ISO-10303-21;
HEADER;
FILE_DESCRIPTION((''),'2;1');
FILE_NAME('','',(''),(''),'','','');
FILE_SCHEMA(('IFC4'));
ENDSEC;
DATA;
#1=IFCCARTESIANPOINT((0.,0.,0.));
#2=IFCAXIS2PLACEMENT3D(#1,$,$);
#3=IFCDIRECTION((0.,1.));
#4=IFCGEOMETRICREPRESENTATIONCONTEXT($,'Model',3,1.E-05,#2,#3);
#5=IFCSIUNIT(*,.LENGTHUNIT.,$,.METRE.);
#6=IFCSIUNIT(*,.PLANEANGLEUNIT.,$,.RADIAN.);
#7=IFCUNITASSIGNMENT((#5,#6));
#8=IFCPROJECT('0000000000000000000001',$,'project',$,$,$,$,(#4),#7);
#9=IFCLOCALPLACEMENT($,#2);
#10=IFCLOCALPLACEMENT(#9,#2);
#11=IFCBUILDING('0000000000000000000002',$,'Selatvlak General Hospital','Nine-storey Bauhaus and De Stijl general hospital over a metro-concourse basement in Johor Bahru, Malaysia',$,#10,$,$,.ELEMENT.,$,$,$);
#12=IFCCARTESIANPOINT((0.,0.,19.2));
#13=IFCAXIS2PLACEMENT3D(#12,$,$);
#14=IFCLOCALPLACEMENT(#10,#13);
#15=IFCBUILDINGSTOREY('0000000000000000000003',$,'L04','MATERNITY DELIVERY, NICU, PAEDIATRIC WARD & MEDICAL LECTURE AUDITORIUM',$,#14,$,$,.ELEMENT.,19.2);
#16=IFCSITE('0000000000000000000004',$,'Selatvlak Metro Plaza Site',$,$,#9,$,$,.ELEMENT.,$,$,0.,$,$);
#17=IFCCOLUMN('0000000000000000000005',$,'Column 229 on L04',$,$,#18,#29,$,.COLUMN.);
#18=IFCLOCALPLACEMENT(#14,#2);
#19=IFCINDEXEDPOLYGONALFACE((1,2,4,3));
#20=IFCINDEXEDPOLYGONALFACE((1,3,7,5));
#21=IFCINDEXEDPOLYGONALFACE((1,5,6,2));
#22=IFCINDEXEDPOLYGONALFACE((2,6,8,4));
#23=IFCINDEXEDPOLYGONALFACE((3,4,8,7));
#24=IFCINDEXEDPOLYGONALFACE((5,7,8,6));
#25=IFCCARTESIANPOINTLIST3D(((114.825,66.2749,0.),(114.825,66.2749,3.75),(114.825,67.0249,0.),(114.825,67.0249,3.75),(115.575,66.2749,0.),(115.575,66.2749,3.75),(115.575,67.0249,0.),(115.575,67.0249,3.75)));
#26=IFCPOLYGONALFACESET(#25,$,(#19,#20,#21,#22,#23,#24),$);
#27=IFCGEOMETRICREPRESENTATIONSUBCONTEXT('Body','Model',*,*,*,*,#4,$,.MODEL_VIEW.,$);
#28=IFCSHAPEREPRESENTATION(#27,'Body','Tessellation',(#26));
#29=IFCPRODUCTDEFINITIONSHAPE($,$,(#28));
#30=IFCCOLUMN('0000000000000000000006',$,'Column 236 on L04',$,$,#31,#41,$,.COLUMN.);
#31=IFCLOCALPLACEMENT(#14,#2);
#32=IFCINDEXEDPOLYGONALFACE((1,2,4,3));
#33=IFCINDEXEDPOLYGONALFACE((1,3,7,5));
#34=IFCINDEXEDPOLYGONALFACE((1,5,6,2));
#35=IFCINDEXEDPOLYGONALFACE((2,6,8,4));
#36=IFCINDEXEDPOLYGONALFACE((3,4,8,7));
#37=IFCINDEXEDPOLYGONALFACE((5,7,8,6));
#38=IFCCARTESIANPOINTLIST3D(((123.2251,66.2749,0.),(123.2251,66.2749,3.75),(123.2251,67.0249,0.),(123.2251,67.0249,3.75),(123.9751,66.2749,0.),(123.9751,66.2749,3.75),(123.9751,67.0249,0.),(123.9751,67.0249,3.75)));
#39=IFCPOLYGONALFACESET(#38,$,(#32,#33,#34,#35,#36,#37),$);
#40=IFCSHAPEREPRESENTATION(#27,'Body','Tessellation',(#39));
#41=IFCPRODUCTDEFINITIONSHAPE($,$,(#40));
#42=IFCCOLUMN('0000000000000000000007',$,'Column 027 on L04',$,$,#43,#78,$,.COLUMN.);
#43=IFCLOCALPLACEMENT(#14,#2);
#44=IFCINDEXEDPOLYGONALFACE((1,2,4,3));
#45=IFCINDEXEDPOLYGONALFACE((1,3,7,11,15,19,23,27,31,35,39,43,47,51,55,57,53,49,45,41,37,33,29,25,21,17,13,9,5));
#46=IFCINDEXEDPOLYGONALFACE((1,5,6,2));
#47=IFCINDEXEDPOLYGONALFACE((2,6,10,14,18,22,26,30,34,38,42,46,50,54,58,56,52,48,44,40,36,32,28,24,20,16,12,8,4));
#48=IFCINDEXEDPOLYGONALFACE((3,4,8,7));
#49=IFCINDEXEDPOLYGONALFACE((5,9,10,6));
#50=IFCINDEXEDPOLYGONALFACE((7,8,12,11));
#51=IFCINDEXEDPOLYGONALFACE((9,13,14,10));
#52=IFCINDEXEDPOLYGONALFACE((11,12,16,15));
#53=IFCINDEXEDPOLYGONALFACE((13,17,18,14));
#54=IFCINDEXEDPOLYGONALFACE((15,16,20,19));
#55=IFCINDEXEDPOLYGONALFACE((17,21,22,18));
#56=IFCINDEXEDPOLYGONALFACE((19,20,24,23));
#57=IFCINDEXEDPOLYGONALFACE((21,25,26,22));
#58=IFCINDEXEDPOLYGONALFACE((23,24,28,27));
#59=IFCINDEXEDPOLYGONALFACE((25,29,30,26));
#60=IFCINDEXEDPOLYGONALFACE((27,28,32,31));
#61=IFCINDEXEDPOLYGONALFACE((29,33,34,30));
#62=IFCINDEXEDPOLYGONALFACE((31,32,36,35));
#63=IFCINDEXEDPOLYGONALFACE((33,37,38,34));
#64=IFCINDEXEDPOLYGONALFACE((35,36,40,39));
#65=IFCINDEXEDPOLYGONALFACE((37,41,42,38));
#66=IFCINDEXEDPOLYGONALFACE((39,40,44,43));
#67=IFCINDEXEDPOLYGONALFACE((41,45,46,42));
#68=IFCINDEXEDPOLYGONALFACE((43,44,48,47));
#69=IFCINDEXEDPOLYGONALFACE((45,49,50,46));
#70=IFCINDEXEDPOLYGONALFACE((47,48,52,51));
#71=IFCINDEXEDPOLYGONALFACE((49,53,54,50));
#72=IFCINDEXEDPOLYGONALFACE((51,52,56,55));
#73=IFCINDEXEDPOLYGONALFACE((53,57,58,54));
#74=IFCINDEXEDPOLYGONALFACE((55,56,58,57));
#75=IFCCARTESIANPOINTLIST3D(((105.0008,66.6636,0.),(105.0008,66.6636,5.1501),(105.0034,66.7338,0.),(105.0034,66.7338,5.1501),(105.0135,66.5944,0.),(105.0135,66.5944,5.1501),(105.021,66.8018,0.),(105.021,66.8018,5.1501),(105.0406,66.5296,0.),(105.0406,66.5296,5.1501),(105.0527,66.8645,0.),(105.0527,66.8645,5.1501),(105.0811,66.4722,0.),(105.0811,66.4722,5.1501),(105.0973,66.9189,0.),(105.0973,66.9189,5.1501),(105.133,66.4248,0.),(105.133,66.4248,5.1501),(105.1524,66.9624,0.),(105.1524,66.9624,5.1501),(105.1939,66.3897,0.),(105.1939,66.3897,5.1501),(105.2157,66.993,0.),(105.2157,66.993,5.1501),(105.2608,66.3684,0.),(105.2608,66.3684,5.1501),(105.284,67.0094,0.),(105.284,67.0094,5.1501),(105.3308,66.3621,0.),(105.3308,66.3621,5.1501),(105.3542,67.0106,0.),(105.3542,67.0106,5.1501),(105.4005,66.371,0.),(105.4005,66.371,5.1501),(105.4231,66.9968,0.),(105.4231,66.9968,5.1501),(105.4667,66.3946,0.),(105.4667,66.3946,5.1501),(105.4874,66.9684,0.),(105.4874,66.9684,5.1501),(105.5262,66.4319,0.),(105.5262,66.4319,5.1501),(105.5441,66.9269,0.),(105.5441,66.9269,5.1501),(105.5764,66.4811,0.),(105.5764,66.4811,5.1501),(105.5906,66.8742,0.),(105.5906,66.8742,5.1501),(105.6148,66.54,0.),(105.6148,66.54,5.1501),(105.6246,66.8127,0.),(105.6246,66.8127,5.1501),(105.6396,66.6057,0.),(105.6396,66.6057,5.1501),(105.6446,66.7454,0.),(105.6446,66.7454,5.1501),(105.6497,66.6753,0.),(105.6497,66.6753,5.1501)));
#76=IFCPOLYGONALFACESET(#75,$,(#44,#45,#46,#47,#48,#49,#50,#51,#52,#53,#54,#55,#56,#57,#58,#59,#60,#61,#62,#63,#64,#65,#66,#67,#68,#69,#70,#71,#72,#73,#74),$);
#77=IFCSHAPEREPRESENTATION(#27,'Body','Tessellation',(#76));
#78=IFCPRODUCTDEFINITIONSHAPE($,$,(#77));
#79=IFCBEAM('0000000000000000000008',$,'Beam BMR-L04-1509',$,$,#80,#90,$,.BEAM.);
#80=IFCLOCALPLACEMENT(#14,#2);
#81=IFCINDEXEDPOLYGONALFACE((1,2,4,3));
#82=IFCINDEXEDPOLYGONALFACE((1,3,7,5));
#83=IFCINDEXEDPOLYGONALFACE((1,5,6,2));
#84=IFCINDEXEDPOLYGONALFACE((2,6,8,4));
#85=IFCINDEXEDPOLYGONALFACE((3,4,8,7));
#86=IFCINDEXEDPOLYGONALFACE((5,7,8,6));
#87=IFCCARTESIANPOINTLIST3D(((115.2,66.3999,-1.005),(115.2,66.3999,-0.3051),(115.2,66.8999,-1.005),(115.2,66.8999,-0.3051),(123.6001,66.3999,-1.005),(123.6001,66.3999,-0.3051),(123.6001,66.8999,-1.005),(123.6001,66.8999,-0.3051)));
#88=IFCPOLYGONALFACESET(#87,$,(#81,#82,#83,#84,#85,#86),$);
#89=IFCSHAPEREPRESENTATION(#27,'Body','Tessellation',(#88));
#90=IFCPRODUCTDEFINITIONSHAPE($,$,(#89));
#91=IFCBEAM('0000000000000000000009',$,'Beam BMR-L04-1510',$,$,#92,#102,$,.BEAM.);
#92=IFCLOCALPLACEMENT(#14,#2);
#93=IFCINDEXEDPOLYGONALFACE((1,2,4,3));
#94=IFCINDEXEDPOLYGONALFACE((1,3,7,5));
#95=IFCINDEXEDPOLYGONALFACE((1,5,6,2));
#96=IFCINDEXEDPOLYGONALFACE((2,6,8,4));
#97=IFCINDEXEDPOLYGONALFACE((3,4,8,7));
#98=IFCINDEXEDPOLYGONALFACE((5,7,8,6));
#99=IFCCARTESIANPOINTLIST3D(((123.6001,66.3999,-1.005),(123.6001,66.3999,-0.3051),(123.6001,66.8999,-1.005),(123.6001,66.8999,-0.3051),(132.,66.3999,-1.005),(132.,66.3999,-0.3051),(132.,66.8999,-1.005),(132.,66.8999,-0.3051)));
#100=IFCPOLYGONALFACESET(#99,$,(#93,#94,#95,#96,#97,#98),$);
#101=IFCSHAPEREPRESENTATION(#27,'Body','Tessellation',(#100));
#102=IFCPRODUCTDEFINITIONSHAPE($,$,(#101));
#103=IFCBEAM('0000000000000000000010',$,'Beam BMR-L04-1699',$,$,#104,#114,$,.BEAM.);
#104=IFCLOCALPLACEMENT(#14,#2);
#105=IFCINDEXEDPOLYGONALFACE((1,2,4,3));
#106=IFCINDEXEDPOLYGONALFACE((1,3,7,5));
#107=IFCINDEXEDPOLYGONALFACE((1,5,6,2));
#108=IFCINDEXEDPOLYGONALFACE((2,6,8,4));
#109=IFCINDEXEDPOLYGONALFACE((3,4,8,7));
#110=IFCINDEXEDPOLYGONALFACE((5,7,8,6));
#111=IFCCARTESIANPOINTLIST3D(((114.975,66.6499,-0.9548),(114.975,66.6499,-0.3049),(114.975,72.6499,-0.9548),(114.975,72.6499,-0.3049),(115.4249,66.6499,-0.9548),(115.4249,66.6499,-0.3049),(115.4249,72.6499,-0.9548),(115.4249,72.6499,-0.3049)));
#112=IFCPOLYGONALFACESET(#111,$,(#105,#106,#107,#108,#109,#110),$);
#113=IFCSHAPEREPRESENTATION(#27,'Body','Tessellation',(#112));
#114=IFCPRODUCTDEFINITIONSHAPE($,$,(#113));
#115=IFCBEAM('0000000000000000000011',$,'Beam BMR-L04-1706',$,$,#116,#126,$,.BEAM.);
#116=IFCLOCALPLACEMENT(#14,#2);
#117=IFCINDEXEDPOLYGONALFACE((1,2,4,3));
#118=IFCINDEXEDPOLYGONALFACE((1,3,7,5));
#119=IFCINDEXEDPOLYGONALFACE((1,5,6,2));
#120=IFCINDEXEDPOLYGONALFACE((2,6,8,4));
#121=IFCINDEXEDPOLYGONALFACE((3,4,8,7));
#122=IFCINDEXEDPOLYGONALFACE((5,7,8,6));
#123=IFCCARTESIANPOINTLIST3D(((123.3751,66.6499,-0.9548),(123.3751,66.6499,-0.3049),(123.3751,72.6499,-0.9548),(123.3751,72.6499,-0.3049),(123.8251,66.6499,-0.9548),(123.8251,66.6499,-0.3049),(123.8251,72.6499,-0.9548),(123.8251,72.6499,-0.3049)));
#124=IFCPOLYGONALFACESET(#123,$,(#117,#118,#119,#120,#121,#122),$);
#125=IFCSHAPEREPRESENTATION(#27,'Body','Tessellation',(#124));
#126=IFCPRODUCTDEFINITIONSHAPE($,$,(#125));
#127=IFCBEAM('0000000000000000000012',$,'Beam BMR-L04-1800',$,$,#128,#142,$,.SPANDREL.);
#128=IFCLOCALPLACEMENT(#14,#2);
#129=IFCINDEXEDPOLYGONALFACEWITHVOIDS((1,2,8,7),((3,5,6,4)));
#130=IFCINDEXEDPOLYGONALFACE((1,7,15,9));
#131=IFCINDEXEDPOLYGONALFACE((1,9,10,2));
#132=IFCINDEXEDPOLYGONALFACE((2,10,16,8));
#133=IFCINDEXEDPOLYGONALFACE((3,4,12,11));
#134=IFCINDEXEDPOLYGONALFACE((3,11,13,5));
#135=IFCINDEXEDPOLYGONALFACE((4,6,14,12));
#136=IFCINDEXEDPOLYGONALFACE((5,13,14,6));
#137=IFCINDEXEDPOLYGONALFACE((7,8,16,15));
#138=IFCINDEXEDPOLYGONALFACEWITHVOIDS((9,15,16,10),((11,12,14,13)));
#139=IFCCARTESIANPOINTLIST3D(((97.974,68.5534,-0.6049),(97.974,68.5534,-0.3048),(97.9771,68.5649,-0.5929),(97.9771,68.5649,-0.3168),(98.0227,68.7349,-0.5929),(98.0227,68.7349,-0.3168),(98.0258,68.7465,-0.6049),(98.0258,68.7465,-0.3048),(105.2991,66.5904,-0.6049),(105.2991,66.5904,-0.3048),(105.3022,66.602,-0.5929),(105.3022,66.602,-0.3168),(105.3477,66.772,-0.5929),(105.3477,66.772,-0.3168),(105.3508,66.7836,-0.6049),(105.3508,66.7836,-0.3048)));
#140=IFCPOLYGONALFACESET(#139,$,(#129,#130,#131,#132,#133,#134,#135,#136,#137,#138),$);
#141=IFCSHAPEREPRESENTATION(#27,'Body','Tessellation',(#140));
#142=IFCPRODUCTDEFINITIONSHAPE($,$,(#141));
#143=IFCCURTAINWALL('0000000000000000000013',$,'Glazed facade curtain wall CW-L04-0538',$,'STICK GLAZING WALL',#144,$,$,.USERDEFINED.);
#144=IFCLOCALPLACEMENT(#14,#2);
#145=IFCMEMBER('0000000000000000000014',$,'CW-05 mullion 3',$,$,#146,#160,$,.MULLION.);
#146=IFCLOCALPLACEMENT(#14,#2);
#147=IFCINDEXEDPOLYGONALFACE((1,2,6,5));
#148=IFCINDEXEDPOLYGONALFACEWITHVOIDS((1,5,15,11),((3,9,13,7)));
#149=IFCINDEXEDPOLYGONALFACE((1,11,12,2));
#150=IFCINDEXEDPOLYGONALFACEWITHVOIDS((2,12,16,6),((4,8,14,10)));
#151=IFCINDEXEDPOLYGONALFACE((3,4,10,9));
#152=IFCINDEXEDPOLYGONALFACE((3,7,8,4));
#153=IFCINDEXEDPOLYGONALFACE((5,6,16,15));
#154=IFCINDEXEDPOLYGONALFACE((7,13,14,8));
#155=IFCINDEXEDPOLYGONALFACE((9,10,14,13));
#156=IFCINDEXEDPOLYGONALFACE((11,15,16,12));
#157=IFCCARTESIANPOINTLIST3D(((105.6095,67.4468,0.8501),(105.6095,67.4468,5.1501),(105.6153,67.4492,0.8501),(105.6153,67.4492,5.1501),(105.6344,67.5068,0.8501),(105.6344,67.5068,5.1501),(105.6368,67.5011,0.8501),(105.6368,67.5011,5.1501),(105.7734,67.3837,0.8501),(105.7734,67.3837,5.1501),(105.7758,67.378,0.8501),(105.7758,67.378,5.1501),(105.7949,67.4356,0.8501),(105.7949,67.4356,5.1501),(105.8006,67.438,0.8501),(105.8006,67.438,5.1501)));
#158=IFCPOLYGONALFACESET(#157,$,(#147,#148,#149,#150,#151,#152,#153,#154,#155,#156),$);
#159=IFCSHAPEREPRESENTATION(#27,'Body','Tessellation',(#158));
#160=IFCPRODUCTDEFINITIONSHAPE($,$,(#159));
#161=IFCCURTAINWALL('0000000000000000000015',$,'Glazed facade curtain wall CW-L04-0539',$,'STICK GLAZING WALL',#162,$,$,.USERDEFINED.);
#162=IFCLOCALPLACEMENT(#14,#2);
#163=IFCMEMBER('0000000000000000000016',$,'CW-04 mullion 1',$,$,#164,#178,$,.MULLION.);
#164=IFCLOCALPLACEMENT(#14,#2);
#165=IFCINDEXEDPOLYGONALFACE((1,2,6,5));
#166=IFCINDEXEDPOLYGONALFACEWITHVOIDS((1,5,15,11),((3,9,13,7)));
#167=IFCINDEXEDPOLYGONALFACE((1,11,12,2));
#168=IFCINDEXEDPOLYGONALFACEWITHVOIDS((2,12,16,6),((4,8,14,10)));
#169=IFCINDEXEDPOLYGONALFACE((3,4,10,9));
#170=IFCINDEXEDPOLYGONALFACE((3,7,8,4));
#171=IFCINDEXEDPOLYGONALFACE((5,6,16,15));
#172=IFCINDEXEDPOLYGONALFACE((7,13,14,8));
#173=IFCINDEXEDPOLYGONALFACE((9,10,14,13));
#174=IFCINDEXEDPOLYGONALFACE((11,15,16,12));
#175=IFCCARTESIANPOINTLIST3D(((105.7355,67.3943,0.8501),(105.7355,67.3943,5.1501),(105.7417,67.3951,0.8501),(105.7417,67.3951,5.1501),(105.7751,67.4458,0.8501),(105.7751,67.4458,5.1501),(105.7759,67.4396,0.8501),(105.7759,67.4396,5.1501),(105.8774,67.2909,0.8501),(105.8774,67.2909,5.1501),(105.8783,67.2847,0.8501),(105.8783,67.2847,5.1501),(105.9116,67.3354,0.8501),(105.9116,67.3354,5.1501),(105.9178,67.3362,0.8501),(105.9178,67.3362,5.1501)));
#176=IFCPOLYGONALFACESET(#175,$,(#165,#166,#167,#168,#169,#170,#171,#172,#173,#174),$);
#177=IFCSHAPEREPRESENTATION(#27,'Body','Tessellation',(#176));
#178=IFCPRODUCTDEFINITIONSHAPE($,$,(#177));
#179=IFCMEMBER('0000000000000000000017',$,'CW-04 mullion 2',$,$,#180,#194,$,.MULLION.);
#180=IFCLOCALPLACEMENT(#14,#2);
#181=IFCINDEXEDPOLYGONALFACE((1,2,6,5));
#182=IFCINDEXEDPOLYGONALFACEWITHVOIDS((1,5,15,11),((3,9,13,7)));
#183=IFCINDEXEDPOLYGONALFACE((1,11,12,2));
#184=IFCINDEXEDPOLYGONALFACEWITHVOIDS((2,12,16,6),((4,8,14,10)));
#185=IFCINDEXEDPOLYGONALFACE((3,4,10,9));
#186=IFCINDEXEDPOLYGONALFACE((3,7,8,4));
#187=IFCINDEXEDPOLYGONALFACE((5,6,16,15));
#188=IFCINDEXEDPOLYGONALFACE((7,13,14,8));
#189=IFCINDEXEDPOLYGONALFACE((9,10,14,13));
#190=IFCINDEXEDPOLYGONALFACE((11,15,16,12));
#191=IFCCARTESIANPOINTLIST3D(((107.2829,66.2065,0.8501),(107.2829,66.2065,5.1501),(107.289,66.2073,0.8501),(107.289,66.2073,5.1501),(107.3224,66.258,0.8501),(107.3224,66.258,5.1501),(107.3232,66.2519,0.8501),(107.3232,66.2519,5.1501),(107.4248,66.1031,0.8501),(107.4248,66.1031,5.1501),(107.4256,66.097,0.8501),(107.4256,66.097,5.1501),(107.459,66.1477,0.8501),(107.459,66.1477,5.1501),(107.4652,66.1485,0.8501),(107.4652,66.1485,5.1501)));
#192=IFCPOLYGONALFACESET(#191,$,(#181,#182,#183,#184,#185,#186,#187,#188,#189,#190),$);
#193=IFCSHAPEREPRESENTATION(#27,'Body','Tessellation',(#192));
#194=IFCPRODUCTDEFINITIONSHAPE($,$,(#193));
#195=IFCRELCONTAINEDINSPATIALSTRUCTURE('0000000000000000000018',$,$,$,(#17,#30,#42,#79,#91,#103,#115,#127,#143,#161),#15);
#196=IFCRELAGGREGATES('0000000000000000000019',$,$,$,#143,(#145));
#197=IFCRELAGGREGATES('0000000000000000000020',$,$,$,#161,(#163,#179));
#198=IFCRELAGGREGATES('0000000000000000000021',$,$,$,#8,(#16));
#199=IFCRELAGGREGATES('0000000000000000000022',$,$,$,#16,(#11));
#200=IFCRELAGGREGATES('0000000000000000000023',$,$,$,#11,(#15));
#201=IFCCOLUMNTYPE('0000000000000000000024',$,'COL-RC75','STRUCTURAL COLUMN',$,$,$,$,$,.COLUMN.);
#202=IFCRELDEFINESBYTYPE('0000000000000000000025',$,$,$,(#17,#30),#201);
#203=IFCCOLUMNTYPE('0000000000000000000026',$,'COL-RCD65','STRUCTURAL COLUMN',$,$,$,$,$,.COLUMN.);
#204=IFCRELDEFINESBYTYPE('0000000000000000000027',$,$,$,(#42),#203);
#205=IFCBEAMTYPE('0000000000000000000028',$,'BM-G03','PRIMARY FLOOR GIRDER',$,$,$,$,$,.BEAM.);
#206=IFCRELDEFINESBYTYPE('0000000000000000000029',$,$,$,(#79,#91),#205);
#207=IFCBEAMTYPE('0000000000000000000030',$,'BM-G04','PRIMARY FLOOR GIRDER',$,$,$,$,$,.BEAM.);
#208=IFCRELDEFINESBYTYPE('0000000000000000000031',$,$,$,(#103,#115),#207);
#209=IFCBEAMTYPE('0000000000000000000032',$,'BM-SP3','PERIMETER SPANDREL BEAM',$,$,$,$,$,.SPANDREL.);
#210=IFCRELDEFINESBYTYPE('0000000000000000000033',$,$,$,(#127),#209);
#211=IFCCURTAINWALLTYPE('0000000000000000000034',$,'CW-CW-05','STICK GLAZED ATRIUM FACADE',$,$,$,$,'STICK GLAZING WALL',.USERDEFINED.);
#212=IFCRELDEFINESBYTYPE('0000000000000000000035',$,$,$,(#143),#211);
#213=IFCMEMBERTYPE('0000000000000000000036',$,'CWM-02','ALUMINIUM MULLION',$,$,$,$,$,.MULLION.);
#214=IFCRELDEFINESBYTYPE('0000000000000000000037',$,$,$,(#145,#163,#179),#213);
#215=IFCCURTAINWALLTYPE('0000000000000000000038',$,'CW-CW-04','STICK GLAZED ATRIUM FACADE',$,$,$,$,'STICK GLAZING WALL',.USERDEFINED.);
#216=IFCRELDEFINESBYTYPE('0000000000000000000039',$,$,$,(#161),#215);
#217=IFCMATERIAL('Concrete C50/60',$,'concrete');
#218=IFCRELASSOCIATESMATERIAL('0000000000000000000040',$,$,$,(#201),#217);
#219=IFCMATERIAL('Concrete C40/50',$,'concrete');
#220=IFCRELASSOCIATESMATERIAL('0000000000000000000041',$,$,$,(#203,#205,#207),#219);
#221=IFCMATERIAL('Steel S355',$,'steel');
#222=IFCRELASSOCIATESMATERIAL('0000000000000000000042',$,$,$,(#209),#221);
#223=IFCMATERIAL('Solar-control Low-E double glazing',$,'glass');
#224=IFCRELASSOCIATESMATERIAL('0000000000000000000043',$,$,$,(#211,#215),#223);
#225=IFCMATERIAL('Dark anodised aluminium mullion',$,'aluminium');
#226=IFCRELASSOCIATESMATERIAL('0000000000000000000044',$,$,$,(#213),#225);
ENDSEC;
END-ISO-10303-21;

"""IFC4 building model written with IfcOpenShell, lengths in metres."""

from ifc_helpers import new_model, si_unit, direction, frame, origin, origin_2d, place, context, subcontext, project, spatial, rectangle, hollow_rectangle, circle, extrude, material, material_profile, profile_set, type_object, element, aggregate, save


model = new_model("IFC4")

# Units and contexts
model_context = context("Model", 3, precision=1e-05, world=origin(), true_north=direction((0.0, 1.0)))
body_context = subcontext(model_context, "Body", "Model", "MODEL_VIEW")
ifc_project = project(units=[si_unit("LENGTHUNIT", "METRE"), si_unit("PLANEANGLEUNIT", "RADIAN")], contexts=[model_context])

# Site, building, storey
site_placement = place(None, origin())
site = spatial("IfcSite", under=ifc_project, at=site_placement, Name="Selatvlak Metro Plaza Site", CompositionType="ELEMENT", RefElevation=0.0)
building_placement = place(site_placement, origin())
building = spatial("IfcBuilding", under=site, at=building_placement, Name="Selatvlak General Hospital", Description="Nine-storey Bauhaus and De Stijl general hospital over a metro-concourse basement in Johor Bahru, Malaysia", CompositionType="ELEMENT")
storey_placement = place(building_placement, frame((0.0, 0.0, 19.2)))
storey = spatial("IfcBuildingStorey", under=building, at=storey_placement, Name="L04", Description="MATERNITY DELIVERY, NICU, PAEDIATRIC WARD & MEDICAL LECTURE AUDITORIUM", CompositionType="ELEMENT", Elevation=19.2)

# Columns
ifc_material_1 = material(Name="Concrete C50/60", Category="concrete")
ifc_material_profile_1 = material_profile(ifc_material_1, rectangle(XDim=0.75, YDim=0.75, at=origin_2d()), Name="RC-COL 750x750")
ifc_profile_set_1 = profile_set([ifc_material_profile_1], Name="Concrete C50/60")
column_type_1 = type_object("IfcColumnType", Name="COL-RC75", Description="STRUCTURAL COLUMN", PredefinedType="COLUMN", material=ifc_profile_set_1)
for number, where, z_axis, x_axis, name in (
    (1, (115.2, 66.6499, 0.0), (0.0, 0.0, 1.0), (1.0, 0.0, 0.0), "Column 229 on L04"),
    (2, (123.6001, 66.6499, 0.0), (0.0, 0.0, 1.0), (1.0, 0.0, 0.0), "Column 236 on L04"),
):
    element("IfcColumn", number, at=place(storey_placement, frame(where, z_axis=z_axis, x_axis=x_axis)), inside=storey, type_object=column_type_1, Name=name, PredefinedType="COLUMN", context=body_context, shape_type="SweptSolid", body=[
        extrude(rectangle(XDim=0.75, YDim=0.75, at=origin_2d()), origin(), (0.0, 0.0, 1.0), 3.75),
    ])
ifc_material_2 = material(Name="Concrete C40/50", Category="concrete")
ifc_material_profile_2 = material_profile(ifc_material_2, circle(Radius=0.325, at=origin_2d()), Name="RC-COL D650")
ifc_profile_set_2 = profile_set([ifc_material_profile_2], Name="Concrete C40/50")
column_type_2 = type_object("IfcColumnType", Name="COL-RCD65", Description="STRUCTURAL COLUMN", PredefinedType="COLUMN", material=ifc_profile_set_2)
column_placement = place(storey_placement, frame((105.325, 66.687, 0.0), z_axis=(0.0, 0.0, 1.0), x_axis=(0.5, 0.866025, 0.0)))
element("IfcColumn", 3, at=column_placement, inside=storey, type_object=column_type_2, Name="Column 027 on L04", PredefinedType="COLUMN", context=body_context, shape_type="SweptSolid", body=[
    extrude(circle(Radius=0.325, at=origin_2d()), origin(), (0.0, 0.0, 1.0), 5.1501),
])

# Beams
ifc_material_profile_3 = material_profile(ifc_material_2, rectangle(XDim=0.5, YDim=0.7, at=origin_2d()), Name="RC-BM 500x700")
ifc_profile_set_3 = profile_set([ifc_material_profile_3], Name="Concrete C40/50")
beam_type_1 = type_object("IfcBeamType", Name="BM-G03", Description="PRIMARY FLOOR GIRDER", PredefinedType="BEAM", material=ifc_profile_set_3)
beam_1_placement = place(storey_placement, frame((115.2, 66.6499, -0.655), z_axis=(1.0, 0.0, 0.0), x_axis=(0.0, 1.0, 0.0)))
element("IfcBeam", 4, at=beam_1_placement, inside=storey, type_object=beam_type_1, Name="Beam BMR-L04-1509", PredefinedType="BEAM", context=body_context, shape_type="SweptSolid", body=[
    extrude(rectangle(XDim=0.5, YDim=0.7, at=origin_2d()), origin(), (0.0, 0.0, 1.0), 8.4001),
])
beam_2_placement = place(storey_placement, frame((123.6001, 66.6499, -0.655), z_axis=(1.0, 0.0, 0.0), x_axis=(0.0, 1.0, 0.0)))
element("IfcBeam", 5, at=beam_2_placement, inside=storey, type_object=beam_type_1, Name="Beam BMR-L04-1510", PredefinedType="BEAM", context=body_context, shape_type="SweptSolid", body=[
    extrude(rectangle(XDim=0.5, YDim=0.7, at=origin_2d()), origin(), (0.0, 0.0, 1.0), 8.3999),
])
ifc_material_profile_4 = material_profile(ifc_material_2, rectangle(XDim=0.45, YDim=0.6499, at=origin_2d()), Name="RC-BM 450x650")
ifc_profile_set_4 = profile_set([ifc_material_profile_4], Name="Concrete C40/50")
beam_type_2 = type_object("IfcBeamType", Name="BM-G04", Description="PRIMARY FLOOR GIRDER", PredefinedType="BEAM", material=ifc_profile_set_4)
for number, where, z_axis, x_axis, name in (
    (6, (115.2, 66.6499, -0.6299), (0.0, 1.0, 0.0), (-1.0, 0.0, 0.0), "Beam BMR-L04-1699"),
    (7, (123.6001, 66.6499, -0.6299), (0.0, 1.0, 0.0), (-1.0, 0.0, 0.0), "Beam BMR-L04-1706"),
):
    element("IfcBeam", number, at=place(storey_placement, frame(where, z_axis=z_axis, x_axis=x_axis)), inside=storey, type_object=beam_type_2, Name=name, PredefinedType="BEAM", context=body_context, shape_type="SweptSolid", body=[
        extrude(rectangle(XDim=0.45, YDim=0.6499, at=origin_2d()), origin(), (0.0, 0.0, 1.0), 6.0),
    ])
ifc_material_3 = material(Name="Steel S355", Category="steel")
ifc_material_profile_5 = material_profile(ifc_material_3, hollow_rectangle(XDim=0.2, YDim=0.3, WallThickness=0.012, at=origin_2d()), Name="RHS 300x200x12")
ifc_profile_set_5 = profile_set([ifc_material_profile_5], Name="Steel S355")
beam_type_3 = type_object("IfcBeamType", Name="BM-SP3", Description="PERIMETER SPANDREL BEAM", PredefinedType="SPANDREL", material=ifc_profile_set_5)
beam_3_placement = place(storey_placement, frame((105.325, 66.687, -0.4548), z_axis=(-0.96592, 0.258841, 0.0), x_axis=(-0.258841, -0.96592, 0.0)))
element("IfcBeam", 8, at=beam_3_placement, inside=storey, type_object=beam_type_3, Name="Beam BMR-L04-1800", PredefinedType="SPANDREL", context=body_context, shape_type="SweptSolid", body=[
    extrude(hollow_rectangle(XDim=0.2, YDim=0.3, WallThickness=0.012, at=origin_2d()), origin(), (0.0, 0.0, 1.0), 7.5835),
])

# Curtain wall, member
ifc_material_4 = material(Name="Solar-control Low-E double glazing", Category="glass")
curtain_wall_type_1 = type_object("IfcCurtainWallType", Name="CW-CW-05", Description="STICK GLAZED ATRIUM FACADE", ElementType="STICK GLAZING WALL", PredefinedType="USERDEFINED", material=ifc_material_4)
curtain_wall_1_placement = place(storey_placement, origin())
curtain_wall_1 = element("IfcCurtainWall", 9, at=curtain_wall_1_placement, inside=storey, type_object=curtain_wall_type_1, Name="Glazed facade curtain wall CW-L04-0538", ObjectType="STICK GLAZING WALL", PredefinedType="USERDEFINED")
ifc_material_5 = material(Name="Dark anodised aluminium mullion", Category="aluminium")
ifc_material_profile_6 = material_profile(ifc_material_5, hollow_rectangle(XDim=0.0649, YDim=0.1799, WallThickness=0.0044, at=origin_2d()), Name="AL-MUL 65x180x4.5")
ifc_profile_set_6 = profile_set([ifc_material_profile_6], Name="Dark anodised aluminium mullion")
member_type_1 = type_object("IfcMemberType", Name="CWM-02", Description="ALUMINIUM MULLION", PredefinedType="MULLION", material=ifc_profile_set_6)
member_1_placement = place(storey_placement, frame((105.7051, 67.4424, 0.8501), z_axis=(0.0, 0.0, 1.0), x_axis=(0.382537, 0.92394, 0.0)))
member_1 = element("IfcMember", 10, at=member_1_placement, type_object=member_type_1, Name="CW-05 mullion 3", PredefinedType="MULLION", context=body_context, shape_type="SweptSolid", body=[
    extrude(hollow_rectangle(XDim=0.0649, YDim=0.1799, WallThickness=0.0044, at=origin_2d()), origin(), (0.0, 0.0, 1.0), 4.3),
])

# Curtain wall, members
curtain_wall_type_2 = type_object("IfcCurtainWallType", Name="CW-CW-04", Description="STICK GLAZED ATRIUM FACADE", ElementType="STICK GLAZING WALL", PredefinedType="USERDEFINED", material=ifc_material_4)
curtain_wall_2_placement = place(storey_placement, origin())
curtain_wall_2 = element("IfcCurtainWall", 11, at=curtain_wall_2_placement, inside=storey, type_object=curtain_wall_type_2, Name="Glazed facade curtain wall CW-L04-0539", ObjectType="STICK GLAZING WALL", PredefinedType="USERDEFINED")
member_2_placement = place(storey_placement, frame((105.8267, 67.3652, 0.8501), z_axis=(0.0, 0.0, 1.0), x_axis=(0.608918, 0.793233, 0.0)))
member_2 = element("IfcMember", 12, at=member_2_placement, type_object=member_type_1, Name="CW-04 mullion 1", PredefinedType="MULLION", context=body_context, shape_type="SweptSolid", body=[
    extrude(hollow_rectangle(XDim=0.0649, YDim=0.1799, WallThickness=0.0044, at=origin_2d()), origin(), (0.0, 0.0, 1.0), 4.3),
])
member_3_placement = place(storey_placement, frame((107.374, 66.1775, 0.8501), z_axis=(0.0, 0.0, 1.0), x_axis=(0.608918, 0.793233, 0.0)))
member_3 = element("IfcMember", 13, at=member_3_placement, type_object=member_type_1, Name="CW-04 mullion 2", PredefinedType="MULLION", context=body_context, shape_type="SweptSolid", body=[
    extrude(hollow_rectangle(XDim=0.0649, YDim=0.1799, WallThickness=0.0044, at=origin_2d()), origin(), (0.0, 0.0, 1.0), 4.3),
])

aggregate(curtain_wall_1, [member_1])
aggregate(curtain_wall_2, [member_2, member_3])

save(model, "model.ifc")
